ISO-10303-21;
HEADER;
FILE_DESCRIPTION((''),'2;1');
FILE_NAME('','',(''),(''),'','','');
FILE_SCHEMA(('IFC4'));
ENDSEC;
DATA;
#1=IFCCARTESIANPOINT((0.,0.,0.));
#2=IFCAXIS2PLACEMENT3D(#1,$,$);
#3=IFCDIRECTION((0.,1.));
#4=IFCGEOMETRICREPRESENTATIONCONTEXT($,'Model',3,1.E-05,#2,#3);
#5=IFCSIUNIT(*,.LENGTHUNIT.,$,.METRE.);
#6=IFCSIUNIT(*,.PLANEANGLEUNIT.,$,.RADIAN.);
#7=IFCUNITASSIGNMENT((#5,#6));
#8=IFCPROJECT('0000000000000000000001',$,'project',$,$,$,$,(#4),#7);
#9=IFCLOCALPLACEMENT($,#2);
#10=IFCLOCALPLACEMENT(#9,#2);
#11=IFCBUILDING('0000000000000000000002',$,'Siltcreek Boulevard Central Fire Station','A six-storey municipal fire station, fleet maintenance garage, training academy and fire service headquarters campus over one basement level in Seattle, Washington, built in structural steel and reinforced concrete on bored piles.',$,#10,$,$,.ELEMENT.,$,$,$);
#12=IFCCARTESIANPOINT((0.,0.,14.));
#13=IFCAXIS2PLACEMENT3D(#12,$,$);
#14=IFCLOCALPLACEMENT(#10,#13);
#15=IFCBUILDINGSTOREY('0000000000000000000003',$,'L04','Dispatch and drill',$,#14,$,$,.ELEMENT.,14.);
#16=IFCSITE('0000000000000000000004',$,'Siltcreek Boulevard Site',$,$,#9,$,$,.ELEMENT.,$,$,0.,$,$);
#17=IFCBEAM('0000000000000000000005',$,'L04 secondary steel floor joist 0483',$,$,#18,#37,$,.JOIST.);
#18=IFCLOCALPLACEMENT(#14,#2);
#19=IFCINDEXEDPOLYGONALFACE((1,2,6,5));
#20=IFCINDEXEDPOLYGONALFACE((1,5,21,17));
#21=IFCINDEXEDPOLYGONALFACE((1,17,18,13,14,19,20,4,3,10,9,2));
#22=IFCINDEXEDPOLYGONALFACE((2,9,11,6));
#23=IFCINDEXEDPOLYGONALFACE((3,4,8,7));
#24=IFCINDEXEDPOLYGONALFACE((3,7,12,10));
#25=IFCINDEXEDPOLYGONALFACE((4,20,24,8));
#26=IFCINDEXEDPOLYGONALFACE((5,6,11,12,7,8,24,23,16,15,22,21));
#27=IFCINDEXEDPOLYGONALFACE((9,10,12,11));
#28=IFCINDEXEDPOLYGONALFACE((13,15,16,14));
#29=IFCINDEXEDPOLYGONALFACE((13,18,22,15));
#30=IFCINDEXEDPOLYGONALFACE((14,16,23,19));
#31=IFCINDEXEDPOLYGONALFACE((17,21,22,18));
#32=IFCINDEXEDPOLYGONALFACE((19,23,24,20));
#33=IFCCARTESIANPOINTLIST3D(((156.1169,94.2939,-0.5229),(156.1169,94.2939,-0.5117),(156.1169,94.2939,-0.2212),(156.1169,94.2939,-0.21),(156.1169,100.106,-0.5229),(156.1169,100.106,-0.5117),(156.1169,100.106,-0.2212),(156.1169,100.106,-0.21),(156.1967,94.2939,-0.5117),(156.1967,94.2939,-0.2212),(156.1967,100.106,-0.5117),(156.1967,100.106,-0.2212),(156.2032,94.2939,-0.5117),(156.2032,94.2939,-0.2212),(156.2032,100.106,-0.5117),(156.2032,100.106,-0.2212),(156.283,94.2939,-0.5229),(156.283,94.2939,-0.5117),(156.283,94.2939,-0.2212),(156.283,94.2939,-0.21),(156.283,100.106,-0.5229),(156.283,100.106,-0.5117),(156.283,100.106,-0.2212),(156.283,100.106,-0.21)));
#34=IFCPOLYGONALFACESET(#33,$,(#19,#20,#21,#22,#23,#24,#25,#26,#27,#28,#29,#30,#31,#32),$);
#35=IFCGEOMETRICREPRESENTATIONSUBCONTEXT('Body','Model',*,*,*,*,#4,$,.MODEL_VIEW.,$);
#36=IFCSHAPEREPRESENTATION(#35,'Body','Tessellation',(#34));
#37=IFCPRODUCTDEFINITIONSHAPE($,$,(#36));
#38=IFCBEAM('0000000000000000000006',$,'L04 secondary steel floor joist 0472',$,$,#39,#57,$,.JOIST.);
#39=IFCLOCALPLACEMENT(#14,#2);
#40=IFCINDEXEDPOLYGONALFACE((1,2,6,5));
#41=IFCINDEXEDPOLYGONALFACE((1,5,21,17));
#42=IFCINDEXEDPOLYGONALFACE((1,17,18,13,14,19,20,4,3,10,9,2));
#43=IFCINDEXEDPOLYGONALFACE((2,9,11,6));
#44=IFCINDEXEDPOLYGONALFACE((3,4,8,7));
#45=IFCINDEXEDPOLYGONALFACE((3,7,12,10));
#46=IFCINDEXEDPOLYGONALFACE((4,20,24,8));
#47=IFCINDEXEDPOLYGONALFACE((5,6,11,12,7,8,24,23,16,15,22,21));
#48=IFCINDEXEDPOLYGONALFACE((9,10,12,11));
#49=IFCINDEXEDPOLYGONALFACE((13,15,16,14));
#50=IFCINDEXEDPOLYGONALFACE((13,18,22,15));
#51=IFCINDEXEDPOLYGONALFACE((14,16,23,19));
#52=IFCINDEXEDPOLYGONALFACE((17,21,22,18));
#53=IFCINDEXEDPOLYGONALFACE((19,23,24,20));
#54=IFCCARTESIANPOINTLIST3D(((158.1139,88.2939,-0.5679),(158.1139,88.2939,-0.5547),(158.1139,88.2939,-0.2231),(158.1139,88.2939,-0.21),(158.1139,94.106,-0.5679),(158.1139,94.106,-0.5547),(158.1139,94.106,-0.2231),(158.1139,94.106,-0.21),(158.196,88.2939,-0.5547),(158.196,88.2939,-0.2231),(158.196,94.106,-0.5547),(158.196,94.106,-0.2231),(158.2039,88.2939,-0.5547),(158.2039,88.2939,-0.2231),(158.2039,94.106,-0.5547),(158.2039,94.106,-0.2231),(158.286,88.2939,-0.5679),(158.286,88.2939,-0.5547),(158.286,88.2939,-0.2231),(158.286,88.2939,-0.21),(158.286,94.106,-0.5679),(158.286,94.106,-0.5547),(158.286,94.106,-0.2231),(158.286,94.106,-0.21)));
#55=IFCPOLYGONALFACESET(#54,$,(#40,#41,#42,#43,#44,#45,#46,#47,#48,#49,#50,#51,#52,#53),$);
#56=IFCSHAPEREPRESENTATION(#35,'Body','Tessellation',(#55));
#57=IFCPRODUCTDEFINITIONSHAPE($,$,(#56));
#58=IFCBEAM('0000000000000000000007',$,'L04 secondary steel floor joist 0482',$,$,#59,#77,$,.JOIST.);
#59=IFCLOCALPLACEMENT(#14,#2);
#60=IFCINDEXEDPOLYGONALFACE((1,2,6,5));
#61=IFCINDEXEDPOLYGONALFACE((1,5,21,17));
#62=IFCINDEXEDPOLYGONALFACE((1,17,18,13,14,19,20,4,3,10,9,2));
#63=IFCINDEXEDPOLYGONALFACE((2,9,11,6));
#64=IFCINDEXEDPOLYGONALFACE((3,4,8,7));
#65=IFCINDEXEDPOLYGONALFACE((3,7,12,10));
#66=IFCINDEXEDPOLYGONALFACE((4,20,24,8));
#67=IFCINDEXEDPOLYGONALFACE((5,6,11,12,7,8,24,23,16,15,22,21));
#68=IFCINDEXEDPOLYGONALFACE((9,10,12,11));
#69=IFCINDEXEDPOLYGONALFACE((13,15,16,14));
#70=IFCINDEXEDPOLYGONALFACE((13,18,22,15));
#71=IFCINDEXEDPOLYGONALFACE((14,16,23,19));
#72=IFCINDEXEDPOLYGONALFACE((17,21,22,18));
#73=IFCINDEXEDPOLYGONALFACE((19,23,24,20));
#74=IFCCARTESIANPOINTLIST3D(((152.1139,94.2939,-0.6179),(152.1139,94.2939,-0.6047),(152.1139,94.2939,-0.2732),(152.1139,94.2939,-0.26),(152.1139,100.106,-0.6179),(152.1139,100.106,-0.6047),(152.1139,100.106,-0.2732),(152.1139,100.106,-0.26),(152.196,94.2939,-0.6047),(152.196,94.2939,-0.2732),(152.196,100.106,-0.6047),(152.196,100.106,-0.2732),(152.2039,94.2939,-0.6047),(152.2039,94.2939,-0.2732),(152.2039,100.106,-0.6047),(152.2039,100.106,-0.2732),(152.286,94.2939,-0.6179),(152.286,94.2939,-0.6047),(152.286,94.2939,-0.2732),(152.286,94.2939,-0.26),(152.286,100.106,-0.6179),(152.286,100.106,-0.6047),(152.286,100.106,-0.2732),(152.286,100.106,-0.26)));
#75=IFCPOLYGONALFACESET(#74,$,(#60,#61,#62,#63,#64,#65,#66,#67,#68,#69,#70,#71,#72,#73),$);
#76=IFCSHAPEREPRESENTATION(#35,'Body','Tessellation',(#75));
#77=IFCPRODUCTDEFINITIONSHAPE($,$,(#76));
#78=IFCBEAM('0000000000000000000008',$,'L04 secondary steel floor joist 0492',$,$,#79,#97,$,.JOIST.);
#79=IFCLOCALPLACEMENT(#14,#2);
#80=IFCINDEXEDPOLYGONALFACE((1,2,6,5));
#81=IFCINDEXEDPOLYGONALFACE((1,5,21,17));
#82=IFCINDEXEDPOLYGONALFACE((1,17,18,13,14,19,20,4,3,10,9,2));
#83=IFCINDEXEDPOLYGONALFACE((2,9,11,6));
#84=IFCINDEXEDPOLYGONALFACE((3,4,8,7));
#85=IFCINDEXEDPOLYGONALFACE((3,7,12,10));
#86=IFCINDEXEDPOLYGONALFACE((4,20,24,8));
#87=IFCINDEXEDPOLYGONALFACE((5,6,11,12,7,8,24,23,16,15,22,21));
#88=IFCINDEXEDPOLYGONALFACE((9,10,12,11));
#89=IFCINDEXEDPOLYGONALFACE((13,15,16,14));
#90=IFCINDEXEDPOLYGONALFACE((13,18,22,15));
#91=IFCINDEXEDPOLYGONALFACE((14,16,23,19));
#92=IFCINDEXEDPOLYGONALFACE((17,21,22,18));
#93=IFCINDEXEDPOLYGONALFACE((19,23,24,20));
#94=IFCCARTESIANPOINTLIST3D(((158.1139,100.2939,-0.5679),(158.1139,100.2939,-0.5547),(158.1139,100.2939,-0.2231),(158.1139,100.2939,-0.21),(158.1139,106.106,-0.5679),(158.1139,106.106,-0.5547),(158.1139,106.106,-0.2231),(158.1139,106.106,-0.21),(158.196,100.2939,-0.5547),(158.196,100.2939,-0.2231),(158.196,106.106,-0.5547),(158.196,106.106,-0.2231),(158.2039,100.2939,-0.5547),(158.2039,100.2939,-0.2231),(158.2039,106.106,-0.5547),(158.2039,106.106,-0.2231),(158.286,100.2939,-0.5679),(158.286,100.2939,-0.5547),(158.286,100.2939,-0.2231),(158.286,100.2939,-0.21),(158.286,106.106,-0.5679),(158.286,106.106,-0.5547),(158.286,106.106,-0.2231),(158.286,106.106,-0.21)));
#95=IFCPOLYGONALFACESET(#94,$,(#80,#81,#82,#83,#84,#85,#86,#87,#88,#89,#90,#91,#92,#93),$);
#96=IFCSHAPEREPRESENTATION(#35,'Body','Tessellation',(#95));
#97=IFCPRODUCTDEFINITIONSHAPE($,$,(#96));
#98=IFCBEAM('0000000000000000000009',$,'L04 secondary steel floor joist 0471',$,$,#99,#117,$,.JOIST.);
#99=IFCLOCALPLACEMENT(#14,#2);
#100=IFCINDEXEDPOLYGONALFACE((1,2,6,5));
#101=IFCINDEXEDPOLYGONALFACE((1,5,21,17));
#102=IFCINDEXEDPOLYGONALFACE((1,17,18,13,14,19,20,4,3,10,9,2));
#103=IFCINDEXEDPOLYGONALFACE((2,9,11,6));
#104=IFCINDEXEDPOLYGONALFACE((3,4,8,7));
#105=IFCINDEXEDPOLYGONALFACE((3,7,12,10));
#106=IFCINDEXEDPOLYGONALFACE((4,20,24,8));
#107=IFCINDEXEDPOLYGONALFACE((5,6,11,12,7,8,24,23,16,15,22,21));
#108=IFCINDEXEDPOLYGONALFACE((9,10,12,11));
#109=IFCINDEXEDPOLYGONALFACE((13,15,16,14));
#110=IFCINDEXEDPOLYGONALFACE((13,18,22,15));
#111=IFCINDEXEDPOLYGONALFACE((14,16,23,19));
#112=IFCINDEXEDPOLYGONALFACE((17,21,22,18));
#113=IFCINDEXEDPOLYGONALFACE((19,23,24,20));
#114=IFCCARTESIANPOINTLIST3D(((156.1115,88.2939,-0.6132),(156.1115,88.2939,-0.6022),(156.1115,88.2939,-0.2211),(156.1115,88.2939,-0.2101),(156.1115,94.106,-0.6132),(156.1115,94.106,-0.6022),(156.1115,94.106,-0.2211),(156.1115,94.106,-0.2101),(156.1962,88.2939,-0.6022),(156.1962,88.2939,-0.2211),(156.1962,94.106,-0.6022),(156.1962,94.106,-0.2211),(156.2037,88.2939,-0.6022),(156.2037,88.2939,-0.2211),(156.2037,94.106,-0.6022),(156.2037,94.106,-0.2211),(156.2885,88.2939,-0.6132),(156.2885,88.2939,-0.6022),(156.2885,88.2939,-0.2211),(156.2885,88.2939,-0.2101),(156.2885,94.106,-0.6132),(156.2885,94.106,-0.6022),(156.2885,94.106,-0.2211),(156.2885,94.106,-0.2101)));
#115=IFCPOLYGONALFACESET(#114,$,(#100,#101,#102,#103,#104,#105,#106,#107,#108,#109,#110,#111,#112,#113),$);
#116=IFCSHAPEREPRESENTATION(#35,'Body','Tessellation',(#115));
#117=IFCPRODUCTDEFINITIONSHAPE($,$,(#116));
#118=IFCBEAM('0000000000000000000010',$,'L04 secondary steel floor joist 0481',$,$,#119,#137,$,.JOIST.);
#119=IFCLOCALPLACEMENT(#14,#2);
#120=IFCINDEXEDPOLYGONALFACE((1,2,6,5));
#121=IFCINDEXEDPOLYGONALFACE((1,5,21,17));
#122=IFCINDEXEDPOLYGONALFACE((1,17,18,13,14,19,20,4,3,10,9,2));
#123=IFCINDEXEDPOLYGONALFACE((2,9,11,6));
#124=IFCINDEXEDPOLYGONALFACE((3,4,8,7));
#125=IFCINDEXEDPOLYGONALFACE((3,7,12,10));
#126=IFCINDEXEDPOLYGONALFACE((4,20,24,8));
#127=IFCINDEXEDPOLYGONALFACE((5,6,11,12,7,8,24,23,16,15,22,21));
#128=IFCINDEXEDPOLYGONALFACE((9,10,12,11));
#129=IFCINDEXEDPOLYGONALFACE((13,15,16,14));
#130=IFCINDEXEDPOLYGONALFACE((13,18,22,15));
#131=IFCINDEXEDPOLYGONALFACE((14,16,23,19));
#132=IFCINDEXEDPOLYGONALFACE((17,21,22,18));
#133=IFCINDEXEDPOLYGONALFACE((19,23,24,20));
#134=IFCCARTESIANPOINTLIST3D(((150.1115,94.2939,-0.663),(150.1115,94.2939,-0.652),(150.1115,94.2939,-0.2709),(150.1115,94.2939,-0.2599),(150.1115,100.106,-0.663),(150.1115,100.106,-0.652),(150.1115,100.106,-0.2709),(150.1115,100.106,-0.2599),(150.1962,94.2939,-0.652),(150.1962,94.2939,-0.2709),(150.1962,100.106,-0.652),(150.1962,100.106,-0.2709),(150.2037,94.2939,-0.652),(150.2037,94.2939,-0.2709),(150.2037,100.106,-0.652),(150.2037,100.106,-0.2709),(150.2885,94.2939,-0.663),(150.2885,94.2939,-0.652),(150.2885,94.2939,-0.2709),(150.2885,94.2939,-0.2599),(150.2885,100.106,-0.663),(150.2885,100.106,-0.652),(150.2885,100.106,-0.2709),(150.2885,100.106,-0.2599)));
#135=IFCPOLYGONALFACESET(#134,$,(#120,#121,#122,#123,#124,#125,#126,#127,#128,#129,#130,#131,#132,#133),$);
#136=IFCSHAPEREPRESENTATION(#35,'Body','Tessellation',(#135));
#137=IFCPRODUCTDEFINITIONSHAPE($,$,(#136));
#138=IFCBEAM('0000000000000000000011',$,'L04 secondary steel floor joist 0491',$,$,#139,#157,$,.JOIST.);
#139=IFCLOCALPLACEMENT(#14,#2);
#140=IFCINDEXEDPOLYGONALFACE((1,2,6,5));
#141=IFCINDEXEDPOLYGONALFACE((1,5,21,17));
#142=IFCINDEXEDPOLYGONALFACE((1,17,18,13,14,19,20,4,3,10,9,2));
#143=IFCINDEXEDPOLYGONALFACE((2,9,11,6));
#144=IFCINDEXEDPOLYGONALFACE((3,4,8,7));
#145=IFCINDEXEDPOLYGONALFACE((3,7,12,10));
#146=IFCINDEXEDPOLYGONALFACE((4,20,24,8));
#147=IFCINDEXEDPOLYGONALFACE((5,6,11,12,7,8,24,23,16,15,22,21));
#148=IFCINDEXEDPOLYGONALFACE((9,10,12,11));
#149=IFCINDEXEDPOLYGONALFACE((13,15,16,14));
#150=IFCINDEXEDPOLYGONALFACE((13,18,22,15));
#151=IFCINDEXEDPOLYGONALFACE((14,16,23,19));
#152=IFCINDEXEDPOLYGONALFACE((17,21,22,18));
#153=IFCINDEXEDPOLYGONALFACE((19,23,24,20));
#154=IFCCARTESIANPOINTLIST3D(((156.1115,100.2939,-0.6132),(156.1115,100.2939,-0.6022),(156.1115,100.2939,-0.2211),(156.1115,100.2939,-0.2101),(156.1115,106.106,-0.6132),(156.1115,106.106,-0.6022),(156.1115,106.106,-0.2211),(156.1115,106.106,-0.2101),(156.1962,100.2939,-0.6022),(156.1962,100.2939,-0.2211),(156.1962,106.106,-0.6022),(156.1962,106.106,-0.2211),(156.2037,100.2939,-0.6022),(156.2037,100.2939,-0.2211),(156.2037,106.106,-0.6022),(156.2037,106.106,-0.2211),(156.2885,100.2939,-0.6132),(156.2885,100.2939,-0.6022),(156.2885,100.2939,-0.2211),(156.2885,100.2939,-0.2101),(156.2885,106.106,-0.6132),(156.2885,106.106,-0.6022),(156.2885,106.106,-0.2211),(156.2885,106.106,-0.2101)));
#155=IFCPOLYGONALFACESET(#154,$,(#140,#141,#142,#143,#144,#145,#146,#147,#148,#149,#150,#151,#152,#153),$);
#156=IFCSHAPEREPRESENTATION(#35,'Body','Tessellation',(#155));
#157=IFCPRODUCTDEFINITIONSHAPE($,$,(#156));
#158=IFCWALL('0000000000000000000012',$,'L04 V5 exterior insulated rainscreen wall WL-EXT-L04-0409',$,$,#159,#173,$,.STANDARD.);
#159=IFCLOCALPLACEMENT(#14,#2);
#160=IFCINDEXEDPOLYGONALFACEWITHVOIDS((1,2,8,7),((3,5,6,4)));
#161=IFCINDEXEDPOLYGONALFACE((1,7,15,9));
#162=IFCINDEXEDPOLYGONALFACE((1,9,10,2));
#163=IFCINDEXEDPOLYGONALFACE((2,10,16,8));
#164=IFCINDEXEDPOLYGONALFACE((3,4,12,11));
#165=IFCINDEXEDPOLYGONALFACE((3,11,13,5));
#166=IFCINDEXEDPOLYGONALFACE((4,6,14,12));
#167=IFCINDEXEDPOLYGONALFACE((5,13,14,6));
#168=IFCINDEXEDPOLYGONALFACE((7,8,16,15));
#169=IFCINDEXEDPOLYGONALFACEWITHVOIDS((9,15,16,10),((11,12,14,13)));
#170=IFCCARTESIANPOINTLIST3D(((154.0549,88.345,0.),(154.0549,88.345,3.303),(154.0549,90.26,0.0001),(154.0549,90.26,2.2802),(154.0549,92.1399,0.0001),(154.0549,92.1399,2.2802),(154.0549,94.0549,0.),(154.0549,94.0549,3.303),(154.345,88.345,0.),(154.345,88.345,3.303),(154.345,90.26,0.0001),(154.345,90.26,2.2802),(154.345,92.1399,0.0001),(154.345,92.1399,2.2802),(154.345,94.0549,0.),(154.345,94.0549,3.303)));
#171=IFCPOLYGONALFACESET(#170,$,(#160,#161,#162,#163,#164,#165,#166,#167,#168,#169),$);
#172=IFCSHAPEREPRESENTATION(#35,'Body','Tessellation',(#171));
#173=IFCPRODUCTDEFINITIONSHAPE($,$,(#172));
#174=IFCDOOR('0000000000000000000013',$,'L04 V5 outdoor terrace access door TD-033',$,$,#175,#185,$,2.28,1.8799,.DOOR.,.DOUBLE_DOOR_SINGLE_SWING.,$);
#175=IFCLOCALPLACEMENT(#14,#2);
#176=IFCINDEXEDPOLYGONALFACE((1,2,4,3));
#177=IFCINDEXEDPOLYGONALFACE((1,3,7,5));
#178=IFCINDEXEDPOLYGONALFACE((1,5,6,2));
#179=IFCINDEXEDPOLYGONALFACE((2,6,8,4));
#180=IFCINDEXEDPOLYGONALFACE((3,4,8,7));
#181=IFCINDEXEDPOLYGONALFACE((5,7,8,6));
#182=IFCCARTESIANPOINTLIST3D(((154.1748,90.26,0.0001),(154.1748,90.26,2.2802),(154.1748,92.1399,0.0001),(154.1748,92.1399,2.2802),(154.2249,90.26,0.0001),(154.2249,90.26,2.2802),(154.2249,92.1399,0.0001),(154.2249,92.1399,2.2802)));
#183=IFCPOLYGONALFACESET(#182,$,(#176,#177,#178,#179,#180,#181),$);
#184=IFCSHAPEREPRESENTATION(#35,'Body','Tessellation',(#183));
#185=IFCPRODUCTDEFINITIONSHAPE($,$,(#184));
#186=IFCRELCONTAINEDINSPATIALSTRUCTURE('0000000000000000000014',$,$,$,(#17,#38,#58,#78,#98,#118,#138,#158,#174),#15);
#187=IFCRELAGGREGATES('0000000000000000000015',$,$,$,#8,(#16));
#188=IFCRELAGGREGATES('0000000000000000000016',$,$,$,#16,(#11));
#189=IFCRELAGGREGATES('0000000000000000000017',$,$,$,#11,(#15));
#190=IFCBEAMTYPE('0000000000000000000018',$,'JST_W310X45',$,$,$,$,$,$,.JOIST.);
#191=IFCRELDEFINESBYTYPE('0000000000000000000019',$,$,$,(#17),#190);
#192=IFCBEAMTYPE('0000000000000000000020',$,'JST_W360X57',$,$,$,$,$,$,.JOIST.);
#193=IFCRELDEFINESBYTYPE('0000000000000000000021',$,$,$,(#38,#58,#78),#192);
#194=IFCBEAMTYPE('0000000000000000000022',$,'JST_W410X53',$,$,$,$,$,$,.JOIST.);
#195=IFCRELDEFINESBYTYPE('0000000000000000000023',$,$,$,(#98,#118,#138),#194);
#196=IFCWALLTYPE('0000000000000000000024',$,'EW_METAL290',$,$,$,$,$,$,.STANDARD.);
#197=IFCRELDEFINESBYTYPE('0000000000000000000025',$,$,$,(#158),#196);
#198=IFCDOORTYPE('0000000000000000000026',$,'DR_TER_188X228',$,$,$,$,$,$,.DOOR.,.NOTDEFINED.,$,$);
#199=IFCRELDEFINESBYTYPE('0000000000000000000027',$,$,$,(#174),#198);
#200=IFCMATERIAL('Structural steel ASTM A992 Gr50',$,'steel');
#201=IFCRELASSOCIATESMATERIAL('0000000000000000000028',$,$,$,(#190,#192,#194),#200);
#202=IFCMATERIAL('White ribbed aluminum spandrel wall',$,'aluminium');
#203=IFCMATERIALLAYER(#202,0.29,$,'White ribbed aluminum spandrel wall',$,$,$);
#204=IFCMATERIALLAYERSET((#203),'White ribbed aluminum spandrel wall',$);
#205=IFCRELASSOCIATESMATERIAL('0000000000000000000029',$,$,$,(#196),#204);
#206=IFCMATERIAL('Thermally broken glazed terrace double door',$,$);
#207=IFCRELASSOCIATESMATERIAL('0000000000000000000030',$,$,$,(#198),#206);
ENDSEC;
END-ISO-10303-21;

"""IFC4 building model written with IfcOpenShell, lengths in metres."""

from ifc_helpers import new_model, si_unit, direction, frame, frame_2d, origin, origin_2d, place, context, subcontext, project, spatial, rectangle, i_section, extrude, material, layer, layer_set, material_profile, profile_set, type_object, element, fill, save


model = new_model("IFC4")

# Units and contexts
model_context = context("Model", 3, precision=1e-05, world=origin(), true_north=direction((0.0, 1.0)))
body_context = subcontext(model_context, "Body", "Model", "MODEL_VIEW")
ifc_project = project(units=[si_unit("LENGTHUNIT", "METRE"), si_unit("PLANEANGLEUNIT", "RADIAN")], contexts=[model_context])

# Site, building, storey
site_placement = place(None, origin())
site = spatial("IfcSite", under=ifc_project, at=site_placement, Name="Siltcreek Boulevard Site", CompositionType="ELEMENT", RefElevation=0.0)
building_placement = place(site_placement, origin())
building = spatial("IfcBuilding", under=site, at=building_placement, Name="Siltcreek Boulevard Central Fire Station", Description="A six-storey municipal fire station, fleet maintenance garage, training academy and fire service headquarters campus over one basement level in Seattle, Washington, built in structural steel and reinforced concrete on bored piles.", CompositionType="ELEMENT")
storey_placement = place(building_placement, frame((0.0, 0.0, 14.0)))
storey = spatial("IfcBuildingStorey", under=building, at=storey_placement, Name="L04", Description="Dispatch and drill", CompositionType="ELEMENT", Elevation=14.0)

# Shared definitions
ifc_material_1 = material(Name="Structural steel ASTM A992 Gr50", Category="steel")

# Beams
ifc_material_profile_1 = material_profile(ifc_material_1, i_section(OverallWidth=0.166, OverallDepth=0.313, WebThickness=0.0066, FlangeThickness=0.0112, at=origin_2d()), Name="W310X45")
ifc_profile_set_1 = profile_set([ifc_material_profile_1], Name="Structural steel ASTM A992 Gr50")
beam_type_1 = type_object("IfcBeamType", Name="JST_W310X45", PredefinedType="JOIST", material=ifc_profile_set_1)
beam_1_placement = place(storey_placement, frame((156.2, 94.2939, -0.3665), z_axis=(0.0, 1.0, 0.0), x_axis=(-1.0, 0.0, 0.0)))
element("IfcBeam", 1, at=beam_1_placement, inside=storey, type_object=beam_type_1, Name="L04 secondary steel floor joist 0483", PredefinedType="JOIST", context=body_context, shape_type="SweptSolid", body=[
    extrude(i_section(OverallWidth=0.166, OverallDepth=0.313, WebThickness=0.0066, FlangeThickness=0.0112, at=origin_2d()), origin(), (0.0, 0.0, 1.0), 5.812),
])
ifc_material_profile_2 = material_profile(ifc_material_1, i_section(OverallWidth=0.1721, OverallDepth=0.3579, WebThickness=0.0078, FlangeThickness=0.0132, at=origin_2d()), Name="W360X57")
ifc_profile_set_2 = profile_set([ifc_material_profile_2], Name="Structural steel ASTM A992 Gr50")
beam_type_2 = type_object("IfcBeamType", Name="JST_W360X57", PredefinedType="JOIST", material=ifc_profile_set_2)
for number, where, z_axis, x_axis, name in (
    (2, (158.2, 88.2939, -0.3889), (0.0, 1.0, 0.0), (-1.0, 0.0, 0.0), "L04 secondary steel floor joist 0472"),
    (3, (152.2, 94.2939, -0.439), (0.0, 1.0, 0.0), (-1.0, 0.0, 0.0), "L04 secondary steel floor joist 0482"),
    (4, (158.2, 100.2939, -0.3889), (0.0, 1.0, 0.0), (-1.0, 0.0, 0.0), "L04 secondary steel floor joist 0492"),
):
    element("IfcBeam", number, at=place(storey_placement, frame(where, z_axis=z_axis, x_axis=x_axis)), inside=storey, type_object=beam_type_2, Name=name, PredefinedType="JOIST", context=body_context, shape_type="SweptSolid", body=[
        extrude(i_section(OverallWidth=0.1721, OverallDepth=0.3579, WebThickness=0.0078, FlangeThickness=0.0132, at=origin_2d()), origin(), (0.0, 0.0, 1.0), 5.812),
    ])
ifc_material_profile_3 = material_profile(ifc_material_1, i_section(OverallWidth=0.177, OverallDepth=0.4031, WebThickness=0.0076, FlangeThickness=0.011, at=origin_2d()), Name="W410X53")
ifc_profile_set_3 = profile_set([ifc_material_profile_3], Name="Structural steel ASTM A992 Gr50")
beam_type_3 = type_object("IfcBeamType", Name="JST_W410X53", PredefinedType="JOIST", material=ifc_profile_set_3)
for number, where, z_axis, x_axis, name in (
    (5, (156.2, 88.2939, -0.4116), (0.0, 1.0, 0.0), (-1.0, 0.0, 0.0), "L04 secondary steel floor joist 0471"),
    (6, (150.2, 94.2939, -0.4614), (0.0, 1.0, 0.0), (-1.0, 0.0, 0.0), "L04 secondary steel floor joist 0481"),
    (7, (156.2, 100.2939, -0.4116), (0.0, 1.0, 0.0), (-1.0, 0.0, 0.0), "L04 secondary steel floor joist 0491"),
):
    element("IfcBeam", number, at=place(storey_placement, frame(where, z_axis=z_axis, x_axis=x_axis)), inside=storey, type_object=beam_type_3, Name=name, PredefinedType="JOIST", context=body_context, shape_type="SweptSolid", body=[
        extrude(i_section(OverallWidth=0.177, OverallDepth=0.4031, WebThickness=0.0076, FlangeThickness=0.011, at=origin_2d()), origin(), (0.0, 0.0, 1.0), 5.812),
    ])

# Wall, opening, door
ifc_material_2 = material(Name="White ribbed aluminum spandrel wall", Category="aluminium")
ifc_layer_1 = layer(ifc_material_2, 0.29, Name="White ribbed aluminum spandrel wall")
ifc_layer_set_1 = layer_set([ifc_layer_1], Name="White ribbed aluminum spandrel wall")
wall_type_1 = type_object("IfcWallType", Name="EW_METAL290", PredefinedType="STANDARD", material=ifc_layer_set_1)
wall_1_placement = place(storey_placement, frame((154.2, 88.345, 0.0), z_axis=(0.0, 0.0, 1.0), x_axis=(0.0, 1.0, 0.0)))
wall_1 = element("IfcWall", 8, at=wall_1_placement, inside=storey, type_object=wall_type_1, Name="L04 V5 exterior insulated rainscreen wall WL-EXT-L04-0409", PredefinedType="STANDARD", context=body_context, shape_type="SweptSolid", body=[
    extrude(rectangle(XDim=5.71, YDim=0.29, at=frame_2d((2.855, 0.0))), origin(), (0.0, 0.0, 1.0), 3.303),
])
opening_1_placement = place(wall_1_placement, frame((1.915, 0.0, 0.0)))
opening_1 = element("IfcOpeningElement", 9, at=opening_1_placement, cuts=wall_1, PredefinedType="OPENING", context=body_context, shape_type="SweptSolid", body=[
    extrude(rectangle(XDim=1.8799, YDim=2.28, at=frame_2d((0.9399, 1.1401))), frame((0.0, 0.155, 0.0), z_axis=(0.0, -1.0, 0.0), x_axis=(1.0, 0.0, 0.0)), (0.0, 0.0, 1.0), 0.3101),
])
ifc_material_3 = material(Name="Thermally broken glazed terrace double door")
door_type_1 = type_object("IfcDoorType", Name="DR_TER_188X228", OperationType="NOTDEFINED", PredefinedType="DOOR", material=ifc_material_3)
door_1_placement = place(opening_1_placement, frame((1.8799, 0.0, 0.0), z_axis=(0.0, 0.0, 1.0), x_axis=(-1.0, 0.0, 0.0)))
door_1 = element("IfcDoor", 10, at=door_1_placement, inside=storey, type_object=door_type_1, Name="L04 V5 outdoor terrace access door TD-033", OperationType="DOUBLE_DOOR_SINGLE_SWING", OverallHeight=2.28, OverallWidth=1.8799, PredefinedType="DOOR", context=body_context, shape_type="SweptSolid", body=[
    extrude(rectangle(XDim=1.8799, YDim=2.28, at=frame_2d((0.9399, 1.1401))), frame((0.0, 0.0249, 0.0), z_axis=(0.0, -1.0, 0.0), x_axis=(1.0, 0.0, 0.0)), (0.0, 0.0, 1.0), 0.05),
])
fill(opening_1, door_1)

save(model, "model.ifc")
